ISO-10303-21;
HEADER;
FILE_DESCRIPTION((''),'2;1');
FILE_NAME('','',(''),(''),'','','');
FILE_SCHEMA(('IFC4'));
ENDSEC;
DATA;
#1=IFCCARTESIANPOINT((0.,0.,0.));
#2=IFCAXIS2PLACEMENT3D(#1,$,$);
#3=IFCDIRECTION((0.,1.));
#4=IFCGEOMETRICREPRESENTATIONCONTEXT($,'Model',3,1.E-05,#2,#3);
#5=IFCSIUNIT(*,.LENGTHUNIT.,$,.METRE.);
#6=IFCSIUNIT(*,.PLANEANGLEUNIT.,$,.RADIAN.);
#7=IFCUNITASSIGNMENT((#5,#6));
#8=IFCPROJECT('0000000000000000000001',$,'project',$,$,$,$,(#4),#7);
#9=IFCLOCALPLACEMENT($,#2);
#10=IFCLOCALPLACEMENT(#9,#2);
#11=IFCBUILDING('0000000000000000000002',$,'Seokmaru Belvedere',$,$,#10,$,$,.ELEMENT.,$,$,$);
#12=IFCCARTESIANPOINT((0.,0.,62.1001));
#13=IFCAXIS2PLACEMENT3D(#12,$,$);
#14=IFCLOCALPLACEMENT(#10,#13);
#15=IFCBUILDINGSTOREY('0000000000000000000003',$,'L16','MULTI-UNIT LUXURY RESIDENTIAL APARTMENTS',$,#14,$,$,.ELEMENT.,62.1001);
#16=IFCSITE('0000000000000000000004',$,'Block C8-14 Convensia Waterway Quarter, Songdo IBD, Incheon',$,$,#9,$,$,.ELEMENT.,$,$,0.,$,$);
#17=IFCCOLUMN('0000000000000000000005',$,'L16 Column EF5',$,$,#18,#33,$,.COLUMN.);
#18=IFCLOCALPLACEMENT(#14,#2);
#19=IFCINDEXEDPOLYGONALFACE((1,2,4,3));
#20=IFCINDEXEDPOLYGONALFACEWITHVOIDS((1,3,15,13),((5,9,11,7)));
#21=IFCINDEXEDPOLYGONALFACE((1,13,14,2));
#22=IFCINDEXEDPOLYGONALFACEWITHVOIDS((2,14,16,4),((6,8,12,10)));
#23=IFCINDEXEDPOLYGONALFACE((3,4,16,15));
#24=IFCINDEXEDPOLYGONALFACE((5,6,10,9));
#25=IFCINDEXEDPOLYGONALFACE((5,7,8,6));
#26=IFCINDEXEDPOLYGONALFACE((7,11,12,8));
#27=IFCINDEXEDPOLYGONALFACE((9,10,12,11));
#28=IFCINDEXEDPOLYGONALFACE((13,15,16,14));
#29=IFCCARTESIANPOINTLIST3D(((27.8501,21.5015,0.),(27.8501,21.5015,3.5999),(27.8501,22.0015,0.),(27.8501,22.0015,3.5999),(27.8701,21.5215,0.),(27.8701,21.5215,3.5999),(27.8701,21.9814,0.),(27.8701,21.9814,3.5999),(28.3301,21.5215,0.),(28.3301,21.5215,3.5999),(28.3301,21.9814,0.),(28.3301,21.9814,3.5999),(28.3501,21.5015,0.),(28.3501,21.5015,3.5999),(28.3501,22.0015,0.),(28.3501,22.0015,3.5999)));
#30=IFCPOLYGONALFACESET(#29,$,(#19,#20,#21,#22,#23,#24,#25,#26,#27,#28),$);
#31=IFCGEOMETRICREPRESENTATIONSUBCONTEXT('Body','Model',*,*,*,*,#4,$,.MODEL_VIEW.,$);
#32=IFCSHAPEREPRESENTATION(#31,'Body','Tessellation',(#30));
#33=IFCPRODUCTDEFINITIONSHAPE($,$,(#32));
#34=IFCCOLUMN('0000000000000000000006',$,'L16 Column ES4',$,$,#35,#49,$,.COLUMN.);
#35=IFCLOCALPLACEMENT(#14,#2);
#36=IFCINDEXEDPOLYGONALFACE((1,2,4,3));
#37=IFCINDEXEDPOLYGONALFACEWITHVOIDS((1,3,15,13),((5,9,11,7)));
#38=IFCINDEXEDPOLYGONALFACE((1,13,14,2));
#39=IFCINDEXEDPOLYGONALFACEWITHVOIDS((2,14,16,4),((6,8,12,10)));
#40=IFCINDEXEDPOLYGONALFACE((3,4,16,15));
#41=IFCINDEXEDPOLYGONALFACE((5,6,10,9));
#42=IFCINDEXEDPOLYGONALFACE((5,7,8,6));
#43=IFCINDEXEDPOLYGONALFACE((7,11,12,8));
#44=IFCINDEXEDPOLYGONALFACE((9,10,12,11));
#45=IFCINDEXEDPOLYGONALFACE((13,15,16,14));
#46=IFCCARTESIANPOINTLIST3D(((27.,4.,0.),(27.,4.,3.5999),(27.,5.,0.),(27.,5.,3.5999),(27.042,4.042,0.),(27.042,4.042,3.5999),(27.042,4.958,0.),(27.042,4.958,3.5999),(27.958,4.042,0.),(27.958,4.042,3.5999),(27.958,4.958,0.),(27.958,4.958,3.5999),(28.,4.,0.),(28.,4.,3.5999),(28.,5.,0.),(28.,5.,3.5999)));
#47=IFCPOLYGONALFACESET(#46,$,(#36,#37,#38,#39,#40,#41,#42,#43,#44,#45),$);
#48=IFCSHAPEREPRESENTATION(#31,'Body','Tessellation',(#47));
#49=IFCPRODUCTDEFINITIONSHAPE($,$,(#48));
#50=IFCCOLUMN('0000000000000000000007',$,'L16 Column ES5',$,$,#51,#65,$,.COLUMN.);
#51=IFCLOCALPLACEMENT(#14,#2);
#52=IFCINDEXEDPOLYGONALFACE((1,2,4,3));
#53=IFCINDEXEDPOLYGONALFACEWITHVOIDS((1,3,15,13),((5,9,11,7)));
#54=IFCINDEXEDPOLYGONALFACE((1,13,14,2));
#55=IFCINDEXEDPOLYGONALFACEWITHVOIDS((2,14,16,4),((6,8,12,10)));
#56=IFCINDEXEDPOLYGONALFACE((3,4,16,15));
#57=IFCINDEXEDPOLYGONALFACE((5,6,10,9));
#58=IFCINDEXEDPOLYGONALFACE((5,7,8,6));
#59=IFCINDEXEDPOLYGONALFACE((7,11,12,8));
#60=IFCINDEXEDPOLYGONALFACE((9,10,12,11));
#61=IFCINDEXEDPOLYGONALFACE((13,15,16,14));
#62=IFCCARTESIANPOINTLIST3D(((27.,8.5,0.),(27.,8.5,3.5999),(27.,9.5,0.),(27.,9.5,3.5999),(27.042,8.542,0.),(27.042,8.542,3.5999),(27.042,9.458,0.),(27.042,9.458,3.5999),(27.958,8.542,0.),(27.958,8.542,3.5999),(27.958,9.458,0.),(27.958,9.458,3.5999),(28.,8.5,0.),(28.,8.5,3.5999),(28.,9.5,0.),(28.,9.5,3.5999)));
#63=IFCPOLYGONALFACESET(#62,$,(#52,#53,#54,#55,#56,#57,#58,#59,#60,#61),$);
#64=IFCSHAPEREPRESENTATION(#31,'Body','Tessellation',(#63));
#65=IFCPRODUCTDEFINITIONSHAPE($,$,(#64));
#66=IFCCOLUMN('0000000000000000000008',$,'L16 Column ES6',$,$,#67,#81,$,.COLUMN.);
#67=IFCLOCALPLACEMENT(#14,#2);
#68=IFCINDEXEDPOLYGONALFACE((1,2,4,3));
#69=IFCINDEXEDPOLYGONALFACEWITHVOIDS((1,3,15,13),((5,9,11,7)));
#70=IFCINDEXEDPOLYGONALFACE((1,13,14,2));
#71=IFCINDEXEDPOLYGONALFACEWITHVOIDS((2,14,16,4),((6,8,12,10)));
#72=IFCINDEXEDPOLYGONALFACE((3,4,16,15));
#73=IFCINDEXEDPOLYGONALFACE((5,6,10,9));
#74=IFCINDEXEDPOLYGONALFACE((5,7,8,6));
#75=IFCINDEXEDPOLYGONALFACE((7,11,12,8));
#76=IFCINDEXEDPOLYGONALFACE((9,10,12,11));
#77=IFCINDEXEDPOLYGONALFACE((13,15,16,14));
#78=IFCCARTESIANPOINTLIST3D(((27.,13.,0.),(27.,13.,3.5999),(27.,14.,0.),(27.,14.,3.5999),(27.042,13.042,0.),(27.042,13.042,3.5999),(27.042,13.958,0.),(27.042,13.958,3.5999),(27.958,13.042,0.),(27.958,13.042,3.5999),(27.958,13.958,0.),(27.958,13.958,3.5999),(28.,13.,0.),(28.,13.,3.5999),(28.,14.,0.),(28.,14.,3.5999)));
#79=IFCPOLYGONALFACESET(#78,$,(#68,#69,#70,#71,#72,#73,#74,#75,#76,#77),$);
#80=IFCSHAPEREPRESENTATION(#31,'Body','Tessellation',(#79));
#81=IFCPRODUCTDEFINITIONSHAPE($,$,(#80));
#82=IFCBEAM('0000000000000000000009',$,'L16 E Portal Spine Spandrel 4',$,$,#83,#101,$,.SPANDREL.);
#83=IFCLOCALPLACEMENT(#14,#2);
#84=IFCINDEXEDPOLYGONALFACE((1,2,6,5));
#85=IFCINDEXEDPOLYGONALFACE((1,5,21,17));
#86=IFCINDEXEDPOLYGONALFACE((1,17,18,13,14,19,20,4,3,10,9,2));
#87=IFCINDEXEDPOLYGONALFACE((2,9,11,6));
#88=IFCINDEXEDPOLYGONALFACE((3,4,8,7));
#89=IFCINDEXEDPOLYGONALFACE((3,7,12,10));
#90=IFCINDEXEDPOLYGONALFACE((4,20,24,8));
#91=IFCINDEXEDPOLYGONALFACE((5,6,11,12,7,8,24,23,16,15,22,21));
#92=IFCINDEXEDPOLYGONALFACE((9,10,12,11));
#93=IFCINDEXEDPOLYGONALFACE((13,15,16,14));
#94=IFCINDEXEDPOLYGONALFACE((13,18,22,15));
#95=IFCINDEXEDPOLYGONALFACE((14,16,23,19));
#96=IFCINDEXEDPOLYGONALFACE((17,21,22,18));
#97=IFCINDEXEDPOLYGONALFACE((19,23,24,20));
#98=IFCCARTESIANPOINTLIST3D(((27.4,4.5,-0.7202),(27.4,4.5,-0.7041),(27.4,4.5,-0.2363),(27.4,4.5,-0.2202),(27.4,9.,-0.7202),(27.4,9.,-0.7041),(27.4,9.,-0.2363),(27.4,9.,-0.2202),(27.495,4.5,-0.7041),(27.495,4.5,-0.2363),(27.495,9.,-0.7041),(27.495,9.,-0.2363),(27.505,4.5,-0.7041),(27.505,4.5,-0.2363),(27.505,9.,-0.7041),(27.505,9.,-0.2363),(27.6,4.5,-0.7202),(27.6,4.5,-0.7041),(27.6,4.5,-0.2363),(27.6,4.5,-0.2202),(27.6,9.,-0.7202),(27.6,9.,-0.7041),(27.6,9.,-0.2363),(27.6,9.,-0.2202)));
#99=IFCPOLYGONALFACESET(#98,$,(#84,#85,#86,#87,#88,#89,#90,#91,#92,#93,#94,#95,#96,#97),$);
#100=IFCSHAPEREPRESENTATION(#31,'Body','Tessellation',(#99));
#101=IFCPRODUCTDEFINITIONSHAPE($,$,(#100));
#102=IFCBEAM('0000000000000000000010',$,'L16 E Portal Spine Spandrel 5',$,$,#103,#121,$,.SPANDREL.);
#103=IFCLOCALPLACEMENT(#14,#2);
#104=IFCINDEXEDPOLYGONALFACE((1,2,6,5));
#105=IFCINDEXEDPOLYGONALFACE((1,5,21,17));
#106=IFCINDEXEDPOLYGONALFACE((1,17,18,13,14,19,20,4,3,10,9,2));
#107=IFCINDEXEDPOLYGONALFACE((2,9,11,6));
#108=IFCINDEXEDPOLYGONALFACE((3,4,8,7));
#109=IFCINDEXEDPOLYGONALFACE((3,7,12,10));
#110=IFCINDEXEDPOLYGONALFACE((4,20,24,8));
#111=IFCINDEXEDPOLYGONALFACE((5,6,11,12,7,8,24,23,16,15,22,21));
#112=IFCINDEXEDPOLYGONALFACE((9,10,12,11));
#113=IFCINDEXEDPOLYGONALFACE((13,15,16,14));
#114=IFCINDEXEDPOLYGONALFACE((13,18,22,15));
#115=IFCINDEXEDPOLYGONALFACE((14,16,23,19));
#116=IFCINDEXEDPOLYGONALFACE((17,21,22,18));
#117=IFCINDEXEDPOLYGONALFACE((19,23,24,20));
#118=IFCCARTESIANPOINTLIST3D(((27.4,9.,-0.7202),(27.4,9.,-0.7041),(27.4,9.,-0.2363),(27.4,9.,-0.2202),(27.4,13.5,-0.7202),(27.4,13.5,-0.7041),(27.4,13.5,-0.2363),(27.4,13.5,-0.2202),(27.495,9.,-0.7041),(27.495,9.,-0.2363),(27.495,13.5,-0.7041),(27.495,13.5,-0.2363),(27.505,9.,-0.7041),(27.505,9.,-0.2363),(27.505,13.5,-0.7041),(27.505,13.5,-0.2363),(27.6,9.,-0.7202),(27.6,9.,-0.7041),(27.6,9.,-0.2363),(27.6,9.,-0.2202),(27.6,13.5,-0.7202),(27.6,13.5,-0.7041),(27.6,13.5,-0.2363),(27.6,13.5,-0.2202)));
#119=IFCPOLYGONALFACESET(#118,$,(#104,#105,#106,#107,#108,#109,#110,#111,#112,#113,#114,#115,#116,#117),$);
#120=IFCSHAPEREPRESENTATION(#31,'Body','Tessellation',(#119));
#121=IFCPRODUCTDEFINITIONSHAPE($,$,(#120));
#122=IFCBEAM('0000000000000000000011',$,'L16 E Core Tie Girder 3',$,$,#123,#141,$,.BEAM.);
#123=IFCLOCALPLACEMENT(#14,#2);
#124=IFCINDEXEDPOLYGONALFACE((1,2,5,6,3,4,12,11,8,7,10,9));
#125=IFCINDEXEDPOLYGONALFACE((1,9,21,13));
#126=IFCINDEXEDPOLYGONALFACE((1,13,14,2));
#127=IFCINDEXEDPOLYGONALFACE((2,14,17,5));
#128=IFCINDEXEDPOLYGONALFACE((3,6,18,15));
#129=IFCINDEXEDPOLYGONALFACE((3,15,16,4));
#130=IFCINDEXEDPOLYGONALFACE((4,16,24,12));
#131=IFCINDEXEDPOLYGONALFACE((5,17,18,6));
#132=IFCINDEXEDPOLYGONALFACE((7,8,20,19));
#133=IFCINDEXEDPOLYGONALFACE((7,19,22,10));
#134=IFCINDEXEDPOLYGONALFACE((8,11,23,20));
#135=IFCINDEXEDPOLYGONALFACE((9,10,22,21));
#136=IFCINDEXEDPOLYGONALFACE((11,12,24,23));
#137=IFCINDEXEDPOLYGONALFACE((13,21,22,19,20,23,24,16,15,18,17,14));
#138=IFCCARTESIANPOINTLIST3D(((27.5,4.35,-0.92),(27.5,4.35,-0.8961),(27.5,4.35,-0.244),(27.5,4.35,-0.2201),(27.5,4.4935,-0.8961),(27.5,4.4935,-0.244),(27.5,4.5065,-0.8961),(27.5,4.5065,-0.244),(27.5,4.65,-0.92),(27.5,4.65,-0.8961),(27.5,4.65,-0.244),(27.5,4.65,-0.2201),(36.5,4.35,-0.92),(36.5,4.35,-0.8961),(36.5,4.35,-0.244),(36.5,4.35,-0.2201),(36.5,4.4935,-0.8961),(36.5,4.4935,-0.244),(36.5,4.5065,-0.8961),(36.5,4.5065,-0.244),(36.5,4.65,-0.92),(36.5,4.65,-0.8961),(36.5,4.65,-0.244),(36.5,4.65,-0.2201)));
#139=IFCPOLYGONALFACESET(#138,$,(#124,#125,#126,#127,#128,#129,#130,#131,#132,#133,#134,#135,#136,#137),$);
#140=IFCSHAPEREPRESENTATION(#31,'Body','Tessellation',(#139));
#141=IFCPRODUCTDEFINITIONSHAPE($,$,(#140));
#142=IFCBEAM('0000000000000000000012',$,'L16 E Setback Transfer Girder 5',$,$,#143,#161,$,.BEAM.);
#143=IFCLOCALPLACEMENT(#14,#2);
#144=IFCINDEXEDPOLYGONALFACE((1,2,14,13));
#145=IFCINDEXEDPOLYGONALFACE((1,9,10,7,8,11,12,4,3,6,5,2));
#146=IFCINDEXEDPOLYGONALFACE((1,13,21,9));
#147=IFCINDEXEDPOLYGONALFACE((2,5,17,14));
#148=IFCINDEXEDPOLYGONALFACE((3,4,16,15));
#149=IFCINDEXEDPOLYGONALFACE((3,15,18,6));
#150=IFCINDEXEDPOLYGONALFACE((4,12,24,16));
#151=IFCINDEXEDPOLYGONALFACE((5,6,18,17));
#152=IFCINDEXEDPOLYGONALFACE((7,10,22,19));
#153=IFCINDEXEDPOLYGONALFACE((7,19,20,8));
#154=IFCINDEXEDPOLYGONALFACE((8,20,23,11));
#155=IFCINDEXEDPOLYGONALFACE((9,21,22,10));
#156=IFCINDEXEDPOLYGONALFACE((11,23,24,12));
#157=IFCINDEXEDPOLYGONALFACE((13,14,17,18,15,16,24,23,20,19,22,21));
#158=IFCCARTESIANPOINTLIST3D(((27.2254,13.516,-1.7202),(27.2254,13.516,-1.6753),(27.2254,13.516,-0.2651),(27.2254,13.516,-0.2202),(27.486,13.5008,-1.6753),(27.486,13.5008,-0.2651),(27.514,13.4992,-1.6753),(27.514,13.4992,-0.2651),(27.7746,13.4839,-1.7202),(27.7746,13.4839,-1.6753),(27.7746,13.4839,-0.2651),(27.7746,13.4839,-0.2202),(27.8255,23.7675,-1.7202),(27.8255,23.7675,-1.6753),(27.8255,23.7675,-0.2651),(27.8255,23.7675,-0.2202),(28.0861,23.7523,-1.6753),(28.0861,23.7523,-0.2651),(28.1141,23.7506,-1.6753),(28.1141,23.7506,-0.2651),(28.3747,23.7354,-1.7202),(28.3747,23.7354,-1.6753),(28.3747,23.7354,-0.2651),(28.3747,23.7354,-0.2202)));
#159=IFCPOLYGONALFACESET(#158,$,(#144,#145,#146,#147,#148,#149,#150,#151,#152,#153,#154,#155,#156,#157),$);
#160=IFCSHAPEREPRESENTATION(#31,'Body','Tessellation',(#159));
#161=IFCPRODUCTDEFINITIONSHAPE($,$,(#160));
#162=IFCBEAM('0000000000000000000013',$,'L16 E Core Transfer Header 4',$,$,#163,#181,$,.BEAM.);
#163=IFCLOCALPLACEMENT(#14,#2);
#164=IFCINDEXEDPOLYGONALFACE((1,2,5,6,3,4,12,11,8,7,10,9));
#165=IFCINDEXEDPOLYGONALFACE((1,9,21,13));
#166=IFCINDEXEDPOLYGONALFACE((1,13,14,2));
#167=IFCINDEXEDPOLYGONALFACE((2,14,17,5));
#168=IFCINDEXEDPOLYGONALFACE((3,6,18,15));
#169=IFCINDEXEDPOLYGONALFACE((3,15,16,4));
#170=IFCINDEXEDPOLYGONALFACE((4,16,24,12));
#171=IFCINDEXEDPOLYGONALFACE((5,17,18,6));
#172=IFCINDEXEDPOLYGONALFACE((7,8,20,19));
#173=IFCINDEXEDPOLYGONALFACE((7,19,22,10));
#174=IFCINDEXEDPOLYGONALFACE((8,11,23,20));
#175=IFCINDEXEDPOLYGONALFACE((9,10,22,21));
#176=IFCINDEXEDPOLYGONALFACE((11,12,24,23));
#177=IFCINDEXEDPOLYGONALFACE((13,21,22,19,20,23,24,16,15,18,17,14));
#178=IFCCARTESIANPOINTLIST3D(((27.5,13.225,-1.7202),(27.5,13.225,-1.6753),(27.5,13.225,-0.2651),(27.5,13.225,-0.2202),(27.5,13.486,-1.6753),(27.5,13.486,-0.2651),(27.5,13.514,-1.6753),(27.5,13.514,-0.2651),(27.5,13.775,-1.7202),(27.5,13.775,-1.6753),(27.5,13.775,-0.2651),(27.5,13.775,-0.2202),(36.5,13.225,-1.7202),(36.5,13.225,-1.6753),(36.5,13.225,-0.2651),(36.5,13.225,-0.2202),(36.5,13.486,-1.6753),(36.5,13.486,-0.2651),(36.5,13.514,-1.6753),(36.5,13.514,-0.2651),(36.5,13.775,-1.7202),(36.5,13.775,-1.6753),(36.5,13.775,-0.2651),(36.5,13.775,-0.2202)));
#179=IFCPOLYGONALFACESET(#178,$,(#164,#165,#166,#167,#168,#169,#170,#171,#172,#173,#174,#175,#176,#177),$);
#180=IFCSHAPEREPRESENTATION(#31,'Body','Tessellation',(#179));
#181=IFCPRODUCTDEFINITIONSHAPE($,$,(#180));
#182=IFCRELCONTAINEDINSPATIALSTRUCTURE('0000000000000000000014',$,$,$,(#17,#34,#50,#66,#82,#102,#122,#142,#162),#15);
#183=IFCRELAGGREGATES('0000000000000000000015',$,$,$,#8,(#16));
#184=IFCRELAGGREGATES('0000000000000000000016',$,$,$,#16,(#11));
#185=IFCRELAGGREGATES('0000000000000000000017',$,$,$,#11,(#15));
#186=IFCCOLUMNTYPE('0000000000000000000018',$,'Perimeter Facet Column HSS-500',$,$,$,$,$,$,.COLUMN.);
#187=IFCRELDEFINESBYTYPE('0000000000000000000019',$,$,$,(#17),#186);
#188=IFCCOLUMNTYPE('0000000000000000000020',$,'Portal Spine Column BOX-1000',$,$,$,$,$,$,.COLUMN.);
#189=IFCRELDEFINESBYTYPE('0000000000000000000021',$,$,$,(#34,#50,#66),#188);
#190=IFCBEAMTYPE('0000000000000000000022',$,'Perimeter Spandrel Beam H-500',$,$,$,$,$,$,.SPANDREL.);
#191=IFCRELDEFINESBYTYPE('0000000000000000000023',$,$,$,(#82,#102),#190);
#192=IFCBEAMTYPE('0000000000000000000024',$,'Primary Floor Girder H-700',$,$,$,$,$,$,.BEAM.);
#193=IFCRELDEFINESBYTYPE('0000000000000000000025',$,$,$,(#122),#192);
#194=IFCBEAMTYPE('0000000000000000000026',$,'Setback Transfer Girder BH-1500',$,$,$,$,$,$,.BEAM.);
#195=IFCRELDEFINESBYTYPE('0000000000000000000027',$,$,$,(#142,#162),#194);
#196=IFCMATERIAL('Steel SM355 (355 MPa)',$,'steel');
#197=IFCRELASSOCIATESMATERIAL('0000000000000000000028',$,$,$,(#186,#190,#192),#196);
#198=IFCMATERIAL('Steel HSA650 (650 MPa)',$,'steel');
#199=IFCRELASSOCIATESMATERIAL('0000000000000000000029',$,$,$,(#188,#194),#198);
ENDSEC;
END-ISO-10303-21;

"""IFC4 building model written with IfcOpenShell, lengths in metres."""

from ifc_helpers import new_model, si_unit, direction, frame, origin, origin_2d, place, context, subcontext, project, spatial, hollow_rectangle, i_section, extrude, source, transform, mapped, material, material_profile, profile_set, type_object, type_shapes, element, save


model = new_model("IFC4")

# Units and contexts
model_context = context("Model", 3, precision=1e-05, world=origin(), true_north=direction((0.0, 1.0)))
body_context = subcontext(model_context, "Body", "Model", "MODEL_VIEW")
ifc_project = project(units=[si_unit("LENGTHUNIT", "METRE"), si_unit("PLANEANGLEUNIT", "RADIAN")], contexts=[model_context])

# Site, building, storey
site_placement = place(None, origin())
site = spatial("IfcSite", under=ifc_project, at=site_placement, Name="Block C8-14 Convensia Waterway Quarter, Songdo IBD, Incheon", CompositionType="ELEMENT", RefElevation=0.0)
building_placement = place(site_placement, origin())
building = spatial("IfcBuilding", under=site, at=building_placement, Name="Seokmaru Belvedere", CompositionType="ELEMENT")
storey_placement = place(building_placement, frame((0.0, 0.0, 62.1001)))
storey = spatial("IfcBuildingStorey", under=building, at=storey_placement, Name="L16", Description="MULTI-UNIT LUXURY RESIDENTIAL APARTMENTS", CompositionType="ELEMENT", Elevation=62.1001)

# Columns
ifc_material_1 = material(Name="Steel SM355 (355 MPa)", Category="steel")
ifc_material_profile_1 = material_profile(ifc_material_1, hollow_rectangle(XDim=0.5, YDim=0.5, WallThickness=0.02, at=origin_2d()), Name="HSS-500x500x20")
ifc_profile_set_1 = profile_set([ifc_material_profile_1], Name="Steel SM355 (355 MPa)")
column_type_1 = type_object("IfcColumnType", Name="Perimeter Facet Column HSS-500", PredefinedType="COLUMN", material=ifc_profile_set_1)
shared_shape_1 = source(origin(), body_context, "Body", "SweptSolid", [
    extrude(hollow_rectangle(XDim=0.5, YDim=0.5, WallThickness=0.02, at=origin_2d()), origin(), (0.0, 0.0, 1.0), 3.5999),
])
type_shapes(column_type_1, [shared_shape_1])
column_placement = place(storey_placement, frame((28.1001, 21.7515, 0.0), z_axis=(0.0, 0.0, 1.0), x_axis=(1.0, 0.0, 0.0)))
element("IfcColumn", 1, at=column_placement, inside=storey, type_object=column_type_1, Name="L16 Column EF5", PredefinedType="COLUMN", context=body_context, shape_type="MappedRepresentation", body=[
    mapped(shared_shape_1, transform((0.0, 0.0, 0.0), scale=1.0)),
])
ifc_material_2 = material(Name="Steel HSA650 (650 MPa)", Category="steel")
ifc_material_profile_2 = material_profile(ifc_material_2, hollow_rectangle(XDim=1.0, YDim=1.0, WallThickness=0.042, at=origin_2d()), Name="BOX-1000x1000x42")
ifc_profile_set_2 = profile_set([ifc_material_profile_2], Name="Steel HSA650 (650 MPa)")
column_type_2 = type_object("IfcColumnType", Name="Portal Spine Column BOX-1000", PredefinedType="COLUMN", material=ifc_profile_set_2)
shared_shape_2 = source(origin(), body_context, "Body", "SweptSolid", [
    extrude(hollow_rectangle(XDim=1.0, YDim=1.0, WallThickness=0.042, at=origin_2d()), origin(), (0.0, 0.0, 1.0), 3.5999),
])
type_shapes(column_type_2, [shared_shape_2])
for number, where, z_axis, x_axis, name in (
    (2, (27.5, 4.5, 0.0), (0.0, 0.0, 1.0), (1.0, 0.0, 0.0), "L16 Column ES4"),
    (3, (27.5, 9.0, 0.0), (0.0, 0.0, 1.0), (1.0, 0.0, 0.0), "L16 Column ES5"),
    (4, (27.5, 13.5, 0.0), (0.0, 0.0, 1.0), (1.0, 0.0, 0.0), "L16 Column ES6"),
):
    element("IfcColumn", number, at=place(storey_placement, frame(where, z_axis=z_axis, x_axis=x_axis)), inside=storey, type_object=column_type_2, Name=name, PredefinedType="COLUMN", context=body_context, shape_type="MappedRepresentation", body=[
        mapped(shared_shape_2, transform((0.0, 0.0, 0.0), scale=1.0)),
    ])

# Beams
ifc_material_profile_3 = material_profile(ifc_material_1, i_section(OverallWidth=0.2, OverallDepth=0.5, WebThickness=0.01, FlangeThickness=0.0161, at=origin_2d()), Name="H-500x200x10x16")
ifc_profile_set_3 = profile_set([ifc_material_profile_3], Name="Steel SM355 (355 MPa)")
beam_type_1 = type_object("IfcBeamType", Name="Perimeter Spandrel Beam H-500", PredefinedType="SPANDREL", material=ifc_profile_set_3)
shared_shape_3 = source(origin(), body_context, "Body", "SweptSolid", [
    extrude(i_section(OverallWidth=0.2, OverallDepth=0.5, WebThickness=0.01, FlangeThickness=0.0161, at=origin_2d()), origin(), (0.0, 0.0, 1.0), 4.5),
])
type_shapes(beam_type_1, [shared_shape_3])
for number, where, z_axis, x_axis, name in (
    (5, (27.5, 4.5, -0.4702), (0.0, 1.0, 0.0), (-1.0, 0.0, 0.0), "L16 E Portal Spine Spandrel 4"),
    (6, (27.5, 9.0, -0.4702), (0.0, 1.0, 0.0), (-1.0, 0.0, 0.0), "L16 E Portal Spine Spandrel 5"),
):
    element("IfcBeam", number, at=place(storey_placement, frame(where, z_axis=z_axis, x_axis=x_axis)), inside=storey, type_object=beam_type_1, Name=name, PredefinedType="SPANDREL", context=body_context, shape_type="MappedRepresentation", body=[
        mapped(shared_shape_3, transform((0.0, 0.0, 0.0), scale=1.0)),
    ])
ifc_material_profile_4 = material_profile(ifc_material_1, i_section(OverallWidth=0.3, OverallDepth=0.7, WebThickness=0.0129, FlangeThickness=0.0239, at=origin_2d()), Name="H-700x300x13x24")
ifc_profile_set_4 = profile_set([ifc_material_profile_4], Name="Steel SM355 (355 MPa)")
beam_type_2 = type_object("IfcBeamType", Name="Primary Floor Girder H-700", PredefinedType="BEAM", material=ifc_profile_set_4)
shared_shape_4 = source(origin(), body_context, "Body", "SweptSolid", [
    extrude(i_section(OverallWidth=0.3, OverallDepth=0.7, WebThickness=0.0129, FlangeThickness=0.0239, at=origin_2d()), origin(), (0.0, 0.0, 1.0), 9.0),
])
type_shapes(beam_type_2, [shared_shape_4])
beam_1_placement = place(storey_placement, frame((27.5, 4.5, -0.5701), z_axis=(1.0, 0.0, 0.0), x_axis=(0.0, 1.0, 0.0)))
element("IfcBeam", 7, at=beam_1_placement, inside=storey, type_object=beam_type_2, Name="L16 E Core Tie Girder 3", PredefinedType="BEAM", context=body_context, shape_type="MappedRepresentation", body=[
    mapped(shared_shape_4, transform((0.0, 0.0, 0.0), scale=1.0)),
])
ifc_material_profile_5 = material_profile(ifc_material_2, i_section(OverallWidth=0.55, OverallDepth=1.5, WebThickness=0.0281, FlangeThickness=0.0449, at=origin_2d()), Name="BH-1500x550x28x45")
ifc_profile_set_5 = profile_set([ifc_material_profile_5], Name="Steel HSA650 (650 MPa)")
beam_type_3 = type_object("IfcBeamType", Name="Setback Transfer Girder BH-1500", PredefinedType="BEAM", material=ifc_profile_set_5)
shared_shape_5 = source(origin(), body_context, "Body", "SweptSolid", [
    extrude(i_section(OverallWidth=0.55, OverallDepth=1.5, WebThickness=0.0281, FlangeThickness=0.0449, at=origin_2d()), origin(), (0.0, 0.0, 1.0), 10.269),
])
beam_2_placement = place(storey_placement, frame((28.1001, 23.7515, -0.9702), z_axis=(-0.058438, -0.998291, 0.0), x_axis=(0.998291, -0.058438, 0.0)))
element("IfcBeam", 8, at=beam_2_placement, inside=storey, type_object=beam_type_3, Name="L16 E Setback Transfer Girder 5", PredefinedType="BEAM", context=body_context, shape_type="MappedRepresentation", body=[
    mapped(shared_shape_5, transform((0.0, 0.0, 0.0), scale=1.0)),
])
shared_shape_6 = source(origin(), body_context, "Body", "SweptSolid", [
    extrude(i_section(OverallWidth=0.55, OverallDepth=1.5, WebThickness=0.0281, FlangeThickness=0.0449, at=origin_2d()), origin(), (0.0, 0.0, 1.0), 9.0),
])
type_shapes(beam_type_3, [shared_shape_5, shared_shape_6])
beam_3_placement = place(storey_placement, frame((27.5, 13.5, -0.9702), z_axis=(1.0, 0.0, 0.0), x_axis=(0.0, 1.0, 0.0)))
element("IfcBeam", 9, at=beam_3_placement, inside=storey, type_object=beam_type_3, Name="L16 E Core Transfer Header 4", PredefinedType="BEAM", context=body_context, shape_type="MappedRepresentation", body=[
    mapped(shared_shape_6, transform((0.0, 0.0, 0.0), scale=1.0)),
])

save(model, "model.ifc")
